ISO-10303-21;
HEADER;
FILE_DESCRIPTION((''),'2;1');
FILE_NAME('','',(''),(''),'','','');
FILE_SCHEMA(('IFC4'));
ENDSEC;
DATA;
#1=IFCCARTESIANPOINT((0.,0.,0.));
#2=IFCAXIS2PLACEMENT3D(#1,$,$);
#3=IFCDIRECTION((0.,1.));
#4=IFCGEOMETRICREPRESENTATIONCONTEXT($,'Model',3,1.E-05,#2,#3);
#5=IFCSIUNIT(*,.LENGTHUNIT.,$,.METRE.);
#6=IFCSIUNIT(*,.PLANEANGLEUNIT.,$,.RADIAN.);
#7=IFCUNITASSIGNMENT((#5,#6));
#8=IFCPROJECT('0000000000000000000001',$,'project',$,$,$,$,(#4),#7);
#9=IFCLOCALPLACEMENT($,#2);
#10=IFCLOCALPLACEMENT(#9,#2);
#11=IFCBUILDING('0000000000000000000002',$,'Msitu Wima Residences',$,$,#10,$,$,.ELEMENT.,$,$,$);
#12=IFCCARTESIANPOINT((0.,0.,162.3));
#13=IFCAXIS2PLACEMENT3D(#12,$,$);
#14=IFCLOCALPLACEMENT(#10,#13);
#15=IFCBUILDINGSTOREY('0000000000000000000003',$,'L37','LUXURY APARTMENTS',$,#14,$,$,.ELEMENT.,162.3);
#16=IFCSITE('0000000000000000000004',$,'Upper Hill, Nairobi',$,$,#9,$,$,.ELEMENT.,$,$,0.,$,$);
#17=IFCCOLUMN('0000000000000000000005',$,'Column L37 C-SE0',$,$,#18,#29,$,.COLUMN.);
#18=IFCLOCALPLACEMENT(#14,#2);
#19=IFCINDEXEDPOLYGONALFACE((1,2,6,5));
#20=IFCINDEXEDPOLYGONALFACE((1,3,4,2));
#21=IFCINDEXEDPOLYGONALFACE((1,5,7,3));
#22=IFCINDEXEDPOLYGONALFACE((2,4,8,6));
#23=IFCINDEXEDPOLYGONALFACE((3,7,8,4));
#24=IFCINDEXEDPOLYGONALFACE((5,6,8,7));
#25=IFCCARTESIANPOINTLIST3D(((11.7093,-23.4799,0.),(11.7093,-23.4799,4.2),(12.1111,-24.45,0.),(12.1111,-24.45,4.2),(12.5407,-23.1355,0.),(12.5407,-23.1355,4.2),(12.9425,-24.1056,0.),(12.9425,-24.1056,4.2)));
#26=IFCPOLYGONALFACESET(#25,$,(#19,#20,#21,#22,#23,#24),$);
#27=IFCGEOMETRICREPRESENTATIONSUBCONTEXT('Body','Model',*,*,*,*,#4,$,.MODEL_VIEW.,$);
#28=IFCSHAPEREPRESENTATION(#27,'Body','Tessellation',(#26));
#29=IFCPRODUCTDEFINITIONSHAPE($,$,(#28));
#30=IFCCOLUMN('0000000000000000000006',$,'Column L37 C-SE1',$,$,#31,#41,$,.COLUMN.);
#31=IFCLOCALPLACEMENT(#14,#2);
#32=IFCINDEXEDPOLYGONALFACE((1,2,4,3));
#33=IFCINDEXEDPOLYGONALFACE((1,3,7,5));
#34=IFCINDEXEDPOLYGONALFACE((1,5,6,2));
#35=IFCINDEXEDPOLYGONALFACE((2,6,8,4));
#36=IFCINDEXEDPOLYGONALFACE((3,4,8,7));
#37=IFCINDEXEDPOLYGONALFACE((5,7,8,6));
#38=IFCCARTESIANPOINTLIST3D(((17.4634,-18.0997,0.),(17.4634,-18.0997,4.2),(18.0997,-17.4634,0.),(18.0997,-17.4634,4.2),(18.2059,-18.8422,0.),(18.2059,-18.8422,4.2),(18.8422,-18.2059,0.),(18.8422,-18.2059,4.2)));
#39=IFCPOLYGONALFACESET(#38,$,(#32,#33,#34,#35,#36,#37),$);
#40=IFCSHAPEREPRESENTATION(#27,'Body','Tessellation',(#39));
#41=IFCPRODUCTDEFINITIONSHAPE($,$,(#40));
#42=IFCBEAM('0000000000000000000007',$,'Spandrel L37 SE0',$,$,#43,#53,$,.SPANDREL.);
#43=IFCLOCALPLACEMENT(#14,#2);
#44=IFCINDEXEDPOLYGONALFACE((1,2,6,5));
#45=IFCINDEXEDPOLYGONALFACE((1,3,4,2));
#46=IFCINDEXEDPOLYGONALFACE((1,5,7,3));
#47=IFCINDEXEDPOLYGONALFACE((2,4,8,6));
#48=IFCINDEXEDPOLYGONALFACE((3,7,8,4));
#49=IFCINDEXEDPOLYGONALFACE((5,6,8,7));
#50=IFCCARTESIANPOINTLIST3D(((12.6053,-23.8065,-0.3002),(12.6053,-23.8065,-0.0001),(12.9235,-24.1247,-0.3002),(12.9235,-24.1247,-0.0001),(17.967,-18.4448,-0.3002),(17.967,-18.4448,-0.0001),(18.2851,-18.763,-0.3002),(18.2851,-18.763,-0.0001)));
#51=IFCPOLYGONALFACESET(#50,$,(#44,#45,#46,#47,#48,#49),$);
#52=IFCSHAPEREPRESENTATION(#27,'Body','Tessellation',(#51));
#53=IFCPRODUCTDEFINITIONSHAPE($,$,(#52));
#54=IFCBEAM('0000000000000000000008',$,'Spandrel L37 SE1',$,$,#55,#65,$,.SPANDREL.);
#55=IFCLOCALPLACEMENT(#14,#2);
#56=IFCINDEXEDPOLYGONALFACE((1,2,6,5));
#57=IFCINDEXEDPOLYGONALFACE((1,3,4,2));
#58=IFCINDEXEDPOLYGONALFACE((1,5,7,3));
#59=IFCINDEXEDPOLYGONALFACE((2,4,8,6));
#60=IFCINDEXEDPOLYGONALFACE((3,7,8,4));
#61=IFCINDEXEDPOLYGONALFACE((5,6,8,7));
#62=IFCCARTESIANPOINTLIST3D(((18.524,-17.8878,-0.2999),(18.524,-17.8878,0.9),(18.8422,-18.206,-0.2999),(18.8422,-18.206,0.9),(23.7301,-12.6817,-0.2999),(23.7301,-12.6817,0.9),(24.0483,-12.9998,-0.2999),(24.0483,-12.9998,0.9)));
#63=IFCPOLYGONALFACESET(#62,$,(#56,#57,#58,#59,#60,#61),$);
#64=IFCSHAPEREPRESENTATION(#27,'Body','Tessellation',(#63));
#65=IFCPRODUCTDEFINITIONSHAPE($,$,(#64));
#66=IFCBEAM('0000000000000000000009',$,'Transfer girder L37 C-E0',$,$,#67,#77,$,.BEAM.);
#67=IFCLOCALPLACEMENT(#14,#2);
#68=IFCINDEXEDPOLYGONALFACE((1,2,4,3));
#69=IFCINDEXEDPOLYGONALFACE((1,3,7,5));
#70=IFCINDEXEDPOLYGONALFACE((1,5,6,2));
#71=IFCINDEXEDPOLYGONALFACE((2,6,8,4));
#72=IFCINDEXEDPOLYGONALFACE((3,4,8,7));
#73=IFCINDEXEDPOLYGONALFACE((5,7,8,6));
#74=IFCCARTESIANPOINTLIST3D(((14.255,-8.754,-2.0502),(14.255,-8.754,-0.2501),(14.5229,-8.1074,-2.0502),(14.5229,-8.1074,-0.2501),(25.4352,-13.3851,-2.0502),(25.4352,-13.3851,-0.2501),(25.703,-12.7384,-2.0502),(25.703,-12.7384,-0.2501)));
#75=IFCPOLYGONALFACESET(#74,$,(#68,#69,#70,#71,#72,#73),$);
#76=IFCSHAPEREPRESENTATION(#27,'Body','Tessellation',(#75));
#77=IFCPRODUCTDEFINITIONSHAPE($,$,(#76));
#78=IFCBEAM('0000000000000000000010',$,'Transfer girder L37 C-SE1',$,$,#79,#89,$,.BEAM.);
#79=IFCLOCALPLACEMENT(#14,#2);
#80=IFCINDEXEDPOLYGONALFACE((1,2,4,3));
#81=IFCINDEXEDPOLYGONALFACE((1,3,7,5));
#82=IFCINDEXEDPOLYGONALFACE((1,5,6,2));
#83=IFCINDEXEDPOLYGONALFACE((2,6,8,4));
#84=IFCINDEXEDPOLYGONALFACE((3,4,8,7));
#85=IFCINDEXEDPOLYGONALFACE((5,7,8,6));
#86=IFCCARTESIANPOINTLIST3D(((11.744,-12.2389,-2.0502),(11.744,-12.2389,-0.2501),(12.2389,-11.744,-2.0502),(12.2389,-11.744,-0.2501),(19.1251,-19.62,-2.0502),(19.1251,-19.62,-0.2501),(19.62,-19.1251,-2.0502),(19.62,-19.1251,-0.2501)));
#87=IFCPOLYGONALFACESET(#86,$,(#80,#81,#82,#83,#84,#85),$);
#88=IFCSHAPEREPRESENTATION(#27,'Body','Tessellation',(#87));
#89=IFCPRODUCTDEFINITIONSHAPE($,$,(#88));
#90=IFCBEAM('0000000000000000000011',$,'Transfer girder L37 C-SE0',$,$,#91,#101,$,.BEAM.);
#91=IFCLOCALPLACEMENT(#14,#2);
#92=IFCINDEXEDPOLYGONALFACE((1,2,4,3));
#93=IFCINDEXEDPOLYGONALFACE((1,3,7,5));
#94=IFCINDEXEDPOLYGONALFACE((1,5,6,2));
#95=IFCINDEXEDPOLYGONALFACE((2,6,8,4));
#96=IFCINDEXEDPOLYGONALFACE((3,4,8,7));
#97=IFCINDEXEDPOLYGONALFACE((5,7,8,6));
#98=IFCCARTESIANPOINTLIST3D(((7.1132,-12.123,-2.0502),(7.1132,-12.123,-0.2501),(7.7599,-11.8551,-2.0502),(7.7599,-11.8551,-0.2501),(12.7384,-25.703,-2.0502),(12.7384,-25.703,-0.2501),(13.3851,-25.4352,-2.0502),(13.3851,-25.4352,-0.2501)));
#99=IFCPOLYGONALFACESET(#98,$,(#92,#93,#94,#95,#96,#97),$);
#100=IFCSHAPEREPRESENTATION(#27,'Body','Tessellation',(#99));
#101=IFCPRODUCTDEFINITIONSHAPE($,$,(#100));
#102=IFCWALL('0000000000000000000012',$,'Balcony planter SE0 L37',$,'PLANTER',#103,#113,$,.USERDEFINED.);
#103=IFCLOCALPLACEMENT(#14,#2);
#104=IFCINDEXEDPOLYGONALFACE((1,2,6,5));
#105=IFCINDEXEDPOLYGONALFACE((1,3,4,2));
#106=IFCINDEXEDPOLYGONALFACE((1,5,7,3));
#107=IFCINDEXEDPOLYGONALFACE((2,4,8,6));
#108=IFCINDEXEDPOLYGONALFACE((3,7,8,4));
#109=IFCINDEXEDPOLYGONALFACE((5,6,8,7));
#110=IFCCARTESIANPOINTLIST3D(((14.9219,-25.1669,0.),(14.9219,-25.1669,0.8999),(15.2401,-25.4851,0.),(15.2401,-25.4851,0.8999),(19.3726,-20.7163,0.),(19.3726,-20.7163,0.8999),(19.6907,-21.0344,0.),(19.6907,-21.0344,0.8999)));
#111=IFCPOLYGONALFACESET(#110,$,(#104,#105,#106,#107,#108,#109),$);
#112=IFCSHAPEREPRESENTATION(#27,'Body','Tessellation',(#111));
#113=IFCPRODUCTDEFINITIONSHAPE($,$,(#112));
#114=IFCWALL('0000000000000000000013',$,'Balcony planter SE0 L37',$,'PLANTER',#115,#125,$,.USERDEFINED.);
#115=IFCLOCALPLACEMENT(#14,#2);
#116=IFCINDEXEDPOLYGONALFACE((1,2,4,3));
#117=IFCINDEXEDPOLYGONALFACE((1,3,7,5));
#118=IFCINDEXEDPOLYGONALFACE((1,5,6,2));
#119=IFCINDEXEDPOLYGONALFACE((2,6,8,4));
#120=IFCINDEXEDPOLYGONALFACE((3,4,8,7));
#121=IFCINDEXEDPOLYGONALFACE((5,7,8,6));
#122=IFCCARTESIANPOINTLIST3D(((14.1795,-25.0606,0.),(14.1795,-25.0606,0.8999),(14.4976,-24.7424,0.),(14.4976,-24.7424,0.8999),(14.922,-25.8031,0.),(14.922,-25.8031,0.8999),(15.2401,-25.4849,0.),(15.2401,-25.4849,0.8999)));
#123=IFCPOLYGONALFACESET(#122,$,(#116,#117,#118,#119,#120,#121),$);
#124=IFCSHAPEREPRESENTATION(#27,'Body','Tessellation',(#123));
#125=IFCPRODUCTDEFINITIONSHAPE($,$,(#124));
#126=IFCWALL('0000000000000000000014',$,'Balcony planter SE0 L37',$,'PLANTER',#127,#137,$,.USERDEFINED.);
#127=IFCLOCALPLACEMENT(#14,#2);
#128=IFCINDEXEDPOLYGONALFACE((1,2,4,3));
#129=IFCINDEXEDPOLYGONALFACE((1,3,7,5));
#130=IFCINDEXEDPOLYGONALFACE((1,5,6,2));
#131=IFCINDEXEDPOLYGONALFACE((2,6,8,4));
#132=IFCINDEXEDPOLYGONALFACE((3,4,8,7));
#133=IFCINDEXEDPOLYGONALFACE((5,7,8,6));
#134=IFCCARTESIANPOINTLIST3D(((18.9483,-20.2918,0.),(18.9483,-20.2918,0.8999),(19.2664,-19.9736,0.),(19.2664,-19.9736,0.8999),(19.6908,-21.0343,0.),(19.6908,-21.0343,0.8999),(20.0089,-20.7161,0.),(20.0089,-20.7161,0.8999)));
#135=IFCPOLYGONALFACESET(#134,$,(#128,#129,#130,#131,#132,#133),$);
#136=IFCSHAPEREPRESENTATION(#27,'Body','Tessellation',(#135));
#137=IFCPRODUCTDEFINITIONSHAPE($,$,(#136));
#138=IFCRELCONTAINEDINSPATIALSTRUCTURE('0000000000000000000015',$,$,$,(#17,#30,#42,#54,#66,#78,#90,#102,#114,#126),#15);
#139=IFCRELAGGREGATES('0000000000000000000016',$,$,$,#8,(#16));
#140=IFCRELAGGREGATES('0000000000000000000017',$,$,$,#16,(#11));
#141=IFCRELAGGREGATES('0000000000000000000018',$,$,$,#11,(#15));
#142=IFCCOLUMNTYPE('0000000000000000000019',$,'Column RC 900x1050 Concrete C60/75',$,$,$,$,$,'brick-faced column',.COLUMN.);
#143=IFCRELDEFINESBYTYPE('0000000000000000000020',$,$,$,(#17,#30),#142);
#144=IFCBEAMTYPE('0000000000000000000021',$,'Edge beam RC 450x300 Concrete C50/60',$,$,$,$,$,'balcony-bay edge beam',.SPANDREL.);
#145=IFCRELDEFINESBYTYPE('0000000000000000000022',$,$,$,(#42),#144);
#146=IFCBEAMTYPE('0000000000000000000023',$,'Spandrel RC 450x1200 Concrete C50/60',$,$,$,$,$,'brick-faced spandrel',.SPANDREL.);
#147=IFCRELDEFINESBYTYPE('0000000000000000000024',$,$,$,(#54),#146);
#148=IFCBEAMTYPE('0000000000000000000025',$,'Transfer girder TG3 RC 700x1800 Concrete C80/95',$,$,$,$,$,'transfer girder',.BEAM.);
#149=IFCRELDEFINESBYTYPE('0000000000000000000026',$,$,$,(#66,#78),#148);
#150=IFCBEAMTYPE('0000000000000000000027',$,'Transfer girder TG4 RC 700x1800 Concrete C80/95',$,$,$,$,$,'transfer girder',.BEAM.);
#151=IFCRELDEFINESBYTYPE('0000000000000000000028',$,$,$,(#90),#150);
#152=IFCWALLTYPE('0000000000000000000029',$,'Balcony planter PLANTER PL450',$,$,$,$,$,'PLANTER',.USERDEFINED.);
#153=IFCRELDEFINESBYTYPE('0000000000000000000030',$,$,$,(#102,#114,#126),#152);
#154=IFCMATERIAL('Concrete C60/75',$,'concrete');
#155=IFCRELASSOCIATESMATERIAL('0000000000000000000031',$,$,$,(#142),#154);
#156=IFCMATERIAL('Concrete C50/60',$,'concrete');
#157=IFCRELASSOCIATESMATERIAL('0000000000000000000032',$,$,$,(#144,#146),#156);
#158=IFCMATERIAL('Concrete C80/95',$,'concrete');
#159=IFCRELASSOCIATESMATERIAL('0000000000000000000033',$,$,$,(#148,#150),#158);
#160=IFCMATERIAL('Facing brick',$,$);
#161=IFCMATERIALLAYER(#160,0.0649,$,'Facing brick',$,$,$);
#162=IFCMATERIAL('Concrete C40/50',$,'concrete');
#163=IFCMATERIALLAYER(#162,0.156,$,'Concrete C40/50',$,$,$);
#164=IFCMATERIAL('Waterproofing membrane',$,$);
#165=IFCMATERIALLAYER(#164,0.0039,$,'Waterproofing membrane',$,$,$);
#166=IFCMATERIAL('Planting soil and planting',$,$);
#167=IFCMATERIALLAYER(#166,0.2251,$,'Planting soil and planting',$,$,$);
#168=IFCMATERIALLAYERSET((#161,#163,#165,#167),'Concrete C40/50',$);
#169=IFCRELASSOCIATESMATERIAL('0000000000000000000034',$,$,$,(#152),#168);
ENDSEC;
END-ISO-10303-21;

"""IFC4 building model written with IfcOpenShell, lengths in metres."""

from ifc_helpers import new_model, si_unit, direction, frame, frame_2d, origin, origin_2d, place, context, subcontext, project, spatial, rectangle, extrude, material, layer, layer_set, material_profile, profile_set, type_object, element, save


model = new_model("IFC4")

# Units and contexts
model_context = context("Model", 3, precision=1e-05, world=origin(), true_north=direction((0.0, 1.0)))
body_context = subcontext(model_context, "Body", "Model", "MODEL_VIEW")
ifc_project = project(units=[si_unit("LENGTHUNIT", "METRE"), si_unit("PLANEANGLEUNIT", "RADIAN")], contexts=[model_context])

# Site, building, storey
site_placement = place(None, origin())
site = spatial("IfcSite", under=ifc_project, at=site_placement, Name="Upper Hill, Nairobi", CompositionType="ELEMENT", RefElevation=0.0)
building_placement = place(site_placement, origin())
building = spatial("IfcBuilding", under=site, at=building_placement, Name="Msitu Wima Residences", CompositionType="ELEMENT")
storey_placement = place(building_placement, frame((0.0, 0.0, 162.3)))
storey = spatial("IfcBuildingStorey", under=building, at=storey_placement, Name="L37", Description="LUXURY APARTMENTS", CompositionType="ELEMENT", Elevation=162.3)

# Columns
ifc_material_1 = material(Name="Concrete C60/75", Category="concrete")
ifc_material_profile_1 = material_profile(ifc_material_1, rectangle(XDim=0.8999, YDim=1.05, at=origin_2d()), Name="RC 900x1050")
ifc_profile_set_1 = profile_set([ifc_material_profile_1], Name="Concrete C60/75")
column_type = type_object("IfcColumnType", Name="Column RC 900x1050 Concrete C60/75", ElementType="brick-faced column", PredefinedType="COLUMN", material=ifc_profile_set_1)
for number, where, z_axis, x_axis, name in (
    (1, (12.3259, -23.7927, 0.0), (0.0, 0.0, 1.0), (0.92388, 0.382683, 0.0), "Column L37 C-SE0"),
    (2, (18.1528, -18.1528, 0.0), (0.0, 0.0, 1.0), (0.707107, 0.707107, 0.0), "Column L37 C-SE1"),
):
    element("IfcColumn", number, at=place(storey_placement, frame(where, z_axis=z_axis, x_axis=x_axis)), inside=storey, type_object=column_type, Name=name, PredefinedType="COLUMN", context=body_context, shape_type="SweptSolid", body=[
        extrude(rectangle(XDim=0.8999, YDim=1.05, at=origin_2d()), origin(), (0.0, 0.0, 1.0), 4.2),
    ])

# Beams
ifc_material_2 = material(Name="Concrete C50/60", Category="concrete")
ifc_material_profile_2 = material_profile(ifc_material_2, rectangle(XDim=0.45, YDim=0.3, at=origin_2d()), Name="RC 450x300")
ifc_profile_set_2 = profile_set([ifc_material_profile_2], Name="Concrete C50/60")
beam_type_1 = type_object("IfcBeamType", Name="Edge beam RC 450x300 Concrete C50/60", ElementType="balcony-bay edge beam", PredefinedType="SPANDREL", material=ifc_profile_set_2)
beam_1_placement = place(storey_placement, frame((12.7644, -23.9656, -0.1501), z_axis=(0.707107, 0.707107, 0.0), x_axis=(-0.707107, 0.707107, 0.0)))
element("IfcBeam", 3, at=beam_1_placement, inside=storey, type_object=beam_type_1, Name="Spandrel L37 SE0", PredefinedType="SPANDREL", context=body_context, shape_type="SweptSolid", body=[
    extrude(rectangle(XDim=0.45, YDim=0.3, at=origin_2d()), origin(), (0.0, 0.0, 1.0), 7.5825),
])
ifc_material_profile_3 = material_profile(ifc_material_2, rectangle(XDim=0.45, YDim=1.2, at=origin_2d()), Name="RC 450x1200")
ifc_profile_set_3 = profile_set([ifc_material_profile_3], Name="Concrete C50/60")
beam_type_2 = type_object("IfcBeamType", Name="Spandrel RC 450x1200 Concrete C50/60", ElementType="brick-faced spandrel", PredefinedType="SPANDREL", material=ifc_profile_set_3)
beam_2_placement = place(storey_placement, frame((18.6831, -18.0469, 0.3), z_axis=(0.707107, 0.707107, 0.0), x_axis=(-0.707107, 0.707107, 0.0)))
element("IfcBeam", 4, at=beam_2_placement, inside=storey, type_object=beam_type_2, Name="Spandrel L37 SE1", PredefinedType="SPANDREL", context=body_context, shape_type="SweptSolid", body=[
    extrude(rectangle(XDim=0.45, YDim=1.2, at=origin_2d()), origin(), (0.0, 0.0, 1.0), 7.3625),
])
ifc_material_3 = material(Name="Concrete C80/95", Category="concrete")
ifc_material_profile_4 = material_profile(ifc_material_3, rectangle(XDim=0.7, YDim=1.8, at=origin_2d()), Name="RC 700x1800")
ifc_profile_set_4 = profile_set([ifc_material_profile_4], Name="Concrete C80/95")
beam_type_3 = type_object("IfcBeamType", Name="Transfer girder TG3 RC 700x1800 Concrete C80/95", ElementType="transfer girder", PredefinedType="BEAM", material=ifc_profile_set_4)
beam_3_placement = place(storey_placement, frame((25.5691, -13.0618, -1.1501), z_axis=(-0.923876, 0.382692, 0.0), x_axis=(-0.382692, -0.923876, 0.0)))
element("IfcBeam", 5, at=beam_3_placement, inside=storey, type_object=beam_type_3, Name="Transfer girder L37 C-E0", PredefinedType="BEAM", context=body_context, shape_type="SweptSolid", body=[
    extrude(rectangle(XDim=0.7, YDim=1.8, at=origin_2d()), origin(), (0.0, 0.0, 1.0), 12.1013),
])
beam_4_placement = place(storey_placement, frame((19.3726, -19.3726, -1.1501), z_axis=(-0.707107, 0.707107, 0.0), x_axis=(-0.707107, -0.707107, 0.0)))
element("IfcBeam", 6, at=beam_4_placement, inside=storey, type_object=beam_type_3, Name="Transfer girder L37 C-SE1", PredefinedType="BEAM", context=body_context, shape_type="SweptSolid", body=[
    extrude(rectangle(XDim=0.7, YDim=1.8, at=origin_2d()), origin(), (0.0, 0.0, 1.0), 10.4385),
])
ifc_material_profile_5 = material_profile(ifc_material_3, rectangle(XDim=0.7, YDim=1.8, at=origin_2d()), Name="RC 700x1800")
ifc_profile_set_5 = profile_set([ifc_material_profile_5], Name="Concrete C80/95")
beam_type_4 = type_object("IfcBeamType", Name="Transfer girder TG4 RC 700x1800 Concrete C80/95", ElementType="transfer girder", PredefinedType="BEAM", material=ifc_profile_set_5)
beam_5_placement = place(storey_placement, frame((13.0618, -25.5691, -1.1501), z_axis=(-0.382695, 0.923875, 0.0), x_axis=(-0.923875, -0.382695, 0.0)))
element("IfcBeam", 7, at=beam_5_placement, inside=storey, type_object=beam_type_4, Name="Transfer girder L37 C-SE0", PredefinedType="BEAM", context=body_context, shape_type="SweptSolid", body=[
    extrude(rectangle(XDim=0.7, YDim=1.8, at=origin_2d()), origin(), (0.0, 0.0, 1.0), 14.699),
])

# Walls
ifc_material_4 = material(Name="Facing brick")
ifc_layer_1 = layer(ifc_material_4, 0.0649, Name="Facing brick")
ifc_material_5 = material(Name="Concrete C40/50", Category="concrete")
ifc_layer_2 = layer(ifc_material_5, 0.156, Name="Concrete C40/50")
ifc_material_6 = material(Name="Waterproofing membrane")
ifc_layer_3 = layer(ifc_material_6, 0.0039, Name="Waterproofing membrane")
ifc_material_7 = material(Name="Planting soil and planting")
ifc_layer_4 = layer(ifc_material_7, 0.2251, Name="Planting soil and planting")
ifc_layer_set_1 = layer_set([ifc_layer_1, ifc_layer_2, ifc_layer_3, ifc_layer_4], Name="Concrete C40/50")
wall_type_1 = type_object("IfcWallType", Name="Balcony planter PLANTER PL450", ElementType="PLANTER", PredefinedType="USERDEFINED", material=ifc_layer_set_1)
wall_1_placement = place(storey_placement, frame((15.0811, -25.3259, 0.0), z_axis=(0.0, 0.0, 1.0), x_axis=(0.707107, 0.707107, 0.0)))
element("IfcWall", 8, at=wall_1_placement, inside=storey, type_object=wall_type_1, Name="Balcony planter SE0 L37", ObjectType="PLANTER", PredefinedType="USERDEFINED", context=body_context, shape_type="SweptSolid", body=[
    extrude(rectangle(XDim=6.2942, YDim=0.45, at=frame_2d((3.147, 0.0))), origin(), (0.0, 0.0, 1.0), 0.8999),
])
for number, where, z_axis, x_axis, name in (
    (9, (14.3386, -24.9016, 0.0), (0.0, 0.0, 1.0), (0.707107, -0.707107, 0.0), "Balcony planter SE0 L37"),
    (10, (19.1074, -20.1328, 0.0), (0.0, 0.0, 1.0), (0.707107, -0.707107, 0.0), "Balcony planter SE0 L37"),
):
    element("IfcWall", number, at=place(storey_placement, frame(where, z_axis=z_axis, x_axis=x_axis)), inside=storey, type_object=wall_type_1, Name=name, ObjectType="PLANTER", PredefinedType="USERDEFINED", context=body_context, shape_type="SweptSolid", body=[
        extrude(rectangle(XDim=1.05, YDim=0.45, at=frame_2d((0.5249, 0.0))), origin(), (0.0, 0.0, 1.0), 0.8999),
    ])

save(model, "model.ifc")
